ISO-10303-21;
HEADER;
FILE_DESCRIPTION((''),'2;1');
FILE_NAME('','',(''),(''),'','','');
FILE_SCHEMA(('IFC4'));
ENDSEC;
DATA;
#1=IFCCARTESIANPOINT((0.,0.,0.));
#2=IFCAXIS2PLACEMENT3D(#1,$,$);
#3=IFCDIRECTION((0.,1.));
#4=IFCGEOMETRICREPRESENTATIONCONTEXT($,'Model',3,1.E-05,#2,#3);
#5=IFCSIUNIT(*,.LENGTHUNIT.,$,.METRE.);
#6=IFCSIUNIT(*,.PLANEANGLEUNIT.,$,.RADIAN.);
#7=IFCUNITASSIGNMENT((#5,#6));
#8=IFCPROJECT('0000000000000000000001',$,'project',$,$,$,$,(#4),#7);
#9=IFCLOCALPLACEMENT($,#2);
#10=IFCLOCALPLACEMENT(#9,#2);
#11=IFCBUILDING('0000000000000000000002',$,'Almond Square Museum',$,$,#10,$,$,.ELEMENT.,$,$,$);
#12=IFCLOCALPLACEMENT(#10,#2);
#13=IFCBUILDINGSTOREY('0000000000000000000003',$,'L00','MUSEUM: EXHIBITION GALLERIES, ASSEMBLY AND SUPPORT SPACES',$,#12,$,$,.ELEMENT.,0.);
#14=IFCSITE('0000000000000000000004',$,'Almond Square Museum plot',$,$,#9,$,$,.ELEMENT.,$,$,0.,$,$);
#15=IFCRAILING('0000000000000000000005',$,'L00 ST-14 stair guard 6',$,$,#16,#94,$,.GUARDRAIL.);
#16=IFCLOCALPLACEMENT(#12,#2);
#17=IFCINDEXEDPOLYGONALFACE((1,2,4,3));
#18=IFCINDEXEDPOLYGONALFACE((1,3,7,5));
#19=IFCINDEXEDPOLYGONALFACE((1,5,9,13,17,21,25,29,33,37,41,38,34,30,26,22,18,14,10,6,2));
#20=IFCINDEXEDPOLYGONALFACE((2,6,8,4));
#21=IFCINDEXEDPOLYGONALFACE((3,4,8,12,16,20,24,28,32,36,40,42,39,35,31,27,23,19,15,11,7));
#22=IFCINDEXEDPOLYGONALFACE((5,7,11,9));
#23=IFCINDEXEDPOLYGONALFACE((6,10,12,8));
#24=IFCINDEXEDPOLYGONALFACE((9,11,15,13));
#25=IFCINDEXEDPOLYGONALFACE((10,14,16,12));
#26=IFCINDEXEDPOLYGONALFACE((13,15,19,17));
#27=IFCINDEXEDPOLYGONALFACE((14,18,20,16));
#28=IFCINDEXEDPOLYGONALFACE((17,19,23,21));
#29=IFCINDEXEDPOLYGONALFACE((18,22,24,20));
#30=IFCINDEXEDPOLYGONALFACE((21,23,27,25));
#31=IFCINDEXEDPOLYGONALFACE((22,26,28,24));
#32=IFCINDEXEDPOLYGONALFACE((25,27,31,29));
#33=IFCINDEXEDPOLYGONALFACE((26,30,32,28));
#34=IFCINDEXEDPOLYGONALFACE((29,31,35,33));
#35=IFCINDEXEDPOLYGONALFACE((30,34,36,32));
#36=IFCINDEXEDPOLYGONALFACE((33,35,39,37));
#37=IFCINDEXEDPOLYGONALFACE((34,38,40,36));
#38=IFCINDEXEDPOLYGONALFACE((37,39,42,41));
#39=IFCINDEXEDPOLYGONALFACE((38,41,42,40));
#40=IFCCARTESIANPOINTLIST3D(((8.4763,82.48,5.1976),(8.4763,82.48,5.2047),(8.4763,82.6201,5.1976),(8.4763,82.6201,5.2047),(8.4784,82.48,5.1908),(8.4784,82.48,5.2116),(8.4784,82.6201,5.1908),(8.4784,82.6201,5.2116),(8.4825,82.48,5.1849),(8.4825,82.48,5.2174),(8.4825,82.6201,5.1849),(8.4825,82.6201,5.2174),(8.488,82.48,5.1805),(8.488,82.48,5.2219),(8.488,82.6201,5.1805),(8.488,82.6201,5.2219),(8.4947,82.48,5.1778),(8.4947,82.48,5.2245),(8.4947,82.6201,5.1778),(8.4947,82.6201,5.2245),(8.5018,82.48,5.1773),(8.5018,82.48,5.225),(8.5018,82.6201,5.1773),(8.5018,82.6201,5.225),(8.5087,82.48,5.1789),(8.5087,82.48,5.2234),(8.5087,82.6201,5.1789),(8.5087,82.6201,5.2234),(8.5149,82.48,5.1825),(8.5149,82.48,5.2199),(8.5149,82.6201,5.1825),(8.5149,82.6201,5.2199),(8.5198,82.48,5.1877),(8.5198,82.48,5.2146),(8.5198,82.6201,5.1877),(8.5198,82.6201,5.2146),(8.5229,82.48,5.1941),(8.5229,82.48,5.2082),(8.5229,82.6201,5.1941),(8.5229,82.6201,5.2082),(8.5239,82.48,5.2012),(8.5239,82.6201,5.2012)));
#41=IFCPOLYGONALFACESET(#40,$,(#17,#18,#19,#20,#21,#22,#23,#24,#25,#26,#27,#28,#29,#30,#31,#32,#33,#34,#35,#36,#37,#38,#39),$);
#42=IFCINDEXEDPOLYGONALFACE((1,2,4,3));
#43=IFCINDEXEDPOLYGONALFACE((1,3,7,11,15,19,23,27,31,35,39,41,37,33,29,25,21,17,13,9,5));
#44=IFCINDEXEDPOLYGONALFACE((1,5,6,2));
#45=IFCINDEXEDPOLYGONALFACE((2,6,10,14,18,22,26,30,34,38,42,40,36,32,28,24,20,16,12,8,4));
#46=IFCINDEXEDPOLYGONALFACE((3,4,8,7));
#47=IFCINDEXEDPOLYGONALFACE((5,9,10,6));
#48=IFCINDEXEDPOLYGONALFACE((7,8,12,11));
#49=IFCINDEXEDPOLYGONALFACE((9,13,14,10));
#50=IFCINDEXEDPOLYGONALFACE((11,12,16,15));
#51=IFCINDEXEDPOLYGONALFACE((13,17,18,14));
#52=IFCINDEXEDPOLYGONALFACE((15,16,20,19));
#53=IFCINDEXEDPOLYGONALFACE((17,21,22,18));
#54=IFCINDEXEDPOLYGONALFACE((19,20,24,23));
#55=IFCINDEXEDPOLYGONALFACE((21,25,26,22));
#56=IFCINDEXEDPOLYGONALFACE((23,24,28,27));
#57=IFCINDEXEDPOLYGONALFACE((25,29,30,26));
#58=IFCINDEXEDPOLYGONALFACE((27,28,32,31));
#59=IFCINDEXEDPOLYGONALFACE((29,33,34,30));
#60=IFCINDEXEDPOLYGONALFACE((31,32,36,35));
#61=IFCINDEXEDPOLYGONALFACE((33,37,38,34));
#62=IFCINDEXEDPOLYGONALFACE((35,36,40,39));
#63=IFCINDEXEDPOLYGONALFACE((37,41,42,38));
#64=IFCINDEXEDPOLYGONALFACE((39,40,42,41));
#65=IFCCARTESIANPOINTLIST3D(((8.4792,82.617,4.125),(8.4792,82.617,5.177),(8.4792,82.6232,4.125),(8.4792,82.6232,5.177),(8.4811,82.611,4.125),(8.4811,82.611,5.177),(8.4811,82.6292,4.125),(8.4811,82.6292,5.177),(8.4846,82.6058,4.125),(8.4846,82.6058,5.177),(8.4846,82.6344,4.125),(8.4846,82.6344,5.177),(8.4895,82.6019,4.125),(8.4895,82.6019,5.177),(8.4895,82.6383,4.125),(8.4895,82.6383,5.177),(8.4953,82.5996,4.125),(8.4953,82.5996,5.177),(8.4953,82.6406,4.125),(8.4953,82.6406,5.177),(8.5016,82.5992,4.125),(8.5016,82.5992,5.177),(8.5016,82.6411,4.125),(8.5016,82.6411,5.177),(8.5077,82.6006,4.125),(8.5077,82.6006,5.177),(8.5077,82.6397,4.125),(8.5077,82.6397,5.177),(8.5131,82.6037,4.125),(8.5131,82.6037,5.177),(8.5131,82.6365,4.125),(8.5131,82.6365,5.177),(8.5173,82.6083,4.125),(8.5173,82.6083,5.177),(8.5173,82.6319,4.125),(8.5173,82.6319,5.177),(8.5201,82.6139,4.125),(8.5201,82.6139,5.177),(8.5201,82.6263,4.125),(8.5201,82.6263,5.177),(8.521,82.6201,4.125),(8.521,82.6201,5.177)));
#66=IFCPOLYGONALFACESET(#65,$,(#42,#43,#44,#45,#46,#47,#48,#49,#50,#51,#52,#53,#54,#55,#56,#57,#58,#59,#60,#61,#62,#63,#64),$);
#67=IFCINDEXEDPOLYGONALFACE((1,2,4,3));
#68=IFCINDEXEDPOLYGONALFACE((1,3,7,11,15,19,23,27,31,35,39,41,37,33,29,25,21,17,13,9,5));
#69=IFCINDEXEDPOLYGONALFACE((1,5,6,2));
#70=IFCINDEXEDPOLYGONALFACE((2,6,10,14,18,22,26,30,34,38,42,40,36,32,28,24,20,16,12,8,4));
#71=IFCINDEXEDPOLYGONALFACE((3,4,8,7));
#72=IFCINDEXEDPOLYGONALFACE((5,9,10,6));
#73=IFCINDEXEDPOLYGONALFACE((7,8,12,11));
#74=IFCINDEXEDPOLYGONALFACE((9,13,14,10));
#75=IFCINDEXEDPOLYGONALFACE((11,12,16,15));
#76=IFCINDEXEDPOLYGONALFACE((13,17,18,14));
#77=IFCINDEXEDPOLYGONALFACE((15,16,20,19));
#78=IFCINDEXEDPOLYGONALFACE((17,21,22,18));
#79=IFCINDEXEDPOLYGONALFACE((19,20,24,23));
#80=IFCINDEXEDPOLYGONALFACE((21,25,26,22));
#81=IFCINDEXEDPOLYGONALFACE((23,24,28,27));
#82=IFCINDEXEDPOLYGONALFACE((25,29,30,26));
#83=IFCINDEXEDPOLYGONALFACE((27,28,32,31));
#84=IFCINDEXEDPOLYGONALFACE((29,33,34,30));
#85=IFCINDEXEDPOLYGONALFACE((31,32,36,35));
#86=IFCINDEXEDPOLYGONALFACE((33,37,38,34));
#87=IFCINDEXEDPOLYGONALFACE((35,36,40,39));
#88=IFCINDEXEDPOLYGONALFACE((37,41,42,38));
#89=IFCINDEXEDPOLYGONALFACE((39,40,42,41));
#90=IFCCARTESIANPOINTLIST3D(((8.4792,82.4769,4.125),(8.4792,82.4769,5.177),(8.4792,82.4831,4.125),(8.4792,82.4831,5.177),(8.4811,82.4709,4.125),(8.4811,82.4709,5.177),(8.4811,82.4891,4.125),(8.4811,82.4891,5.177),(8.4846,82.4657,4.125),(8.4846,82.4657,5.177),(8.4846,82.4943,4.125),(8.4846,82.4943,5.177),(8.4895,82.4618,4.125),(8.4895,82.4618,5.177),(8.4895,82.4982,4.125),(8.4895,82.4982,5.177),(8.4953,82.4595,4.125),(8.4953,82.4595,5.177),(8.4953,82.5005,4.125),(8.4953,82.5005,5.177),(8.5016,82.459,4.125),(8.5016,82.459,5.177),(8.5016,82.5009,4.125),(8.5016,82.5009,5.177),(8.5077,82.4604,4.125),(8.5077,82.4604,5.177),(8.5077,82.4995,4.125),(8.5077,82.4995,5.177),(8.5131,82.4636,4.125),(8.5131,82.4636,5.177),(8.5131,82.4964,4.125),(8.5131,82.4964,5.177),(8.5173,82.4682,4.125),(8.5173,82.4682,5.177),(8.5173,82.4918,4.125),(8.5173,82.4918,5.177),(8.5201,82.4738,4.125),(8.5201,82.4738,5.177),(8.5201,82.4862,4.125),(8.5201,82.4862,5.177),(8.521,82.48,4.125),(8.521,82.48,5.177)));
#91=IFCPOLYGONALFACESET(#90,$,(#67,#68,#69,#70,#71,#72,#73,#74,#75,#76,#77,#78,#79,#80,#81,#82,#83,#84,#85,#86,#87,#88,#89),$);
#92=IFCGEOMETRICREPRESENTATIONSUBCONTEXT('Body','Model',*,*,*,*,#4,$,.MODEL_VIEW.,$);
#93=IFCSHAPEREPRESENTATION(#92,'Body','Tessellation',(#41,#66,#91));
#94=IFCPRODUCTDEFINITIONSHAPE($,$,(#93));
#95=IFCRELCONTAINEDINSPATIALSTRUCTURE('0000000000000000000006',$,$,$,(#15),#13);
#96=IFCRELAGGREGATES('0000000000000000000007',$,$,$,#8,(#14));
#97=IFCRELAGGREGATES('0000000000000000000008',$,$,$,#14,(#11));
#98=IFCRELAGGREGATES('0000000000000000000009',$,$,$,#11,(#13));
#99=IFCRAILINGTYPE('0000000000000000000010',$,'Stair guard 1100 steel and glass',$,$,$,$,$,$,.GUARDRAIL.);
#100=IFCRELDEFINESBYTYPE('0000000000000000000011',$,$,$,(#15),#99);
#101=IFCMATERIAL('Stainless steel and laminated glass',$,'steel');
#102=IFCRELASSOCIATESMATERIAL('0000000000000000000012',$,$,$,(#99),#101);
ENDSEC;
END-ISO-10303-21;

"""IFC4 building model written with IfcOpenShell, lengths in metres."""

from ifc_helpers import new_model, si_unit, direction, frame, origin, origin_2d, place, context, subcontext, project, spatial, circle, extrude, material, type_object, element, save


model = new_model("IFC4")

# Units and contexts
model_context = context("Model", 3, precision=1e-05, world=origin(), true_north=direction((0.0, 1.0)))
body_context = subcontext(model_context, "Body", "Model", "MODEL_VIEW")
ifc_project = project(units=[si_unit("LENGTHUNIT", "METRE"), si_unit("PLANEANGLEUNIT", "RADIAN")], contexts=[model_context])

# Site, building, storey
site_placement = place(None, origin())
site = spatial("IfcSite", under=ifc_project, at=site_placement, Name="Almond Square Museum plot", CompositionType="ELEMENT", RefElevation=0.0)
building_placement = place(site_placement, origin())
building = spatial("IfcBuilding", under=site, at=building_placement, Name="Almond Square Museum", CompositionType="ELEMENT")
storey_placement = place(building_placement, origin())
storey = spatial("IfcBuildingStorey", under=building, at=storey_placement, Name="L00", Description="MUSEUM: EXHIBITION GALLERIES, ASSEMBLY AND SUPPORT SPACES", CompositionType="ELEMENT", Elevation=0.0)

# Railing
ifc_material_1 = material(Name="Stainless steel and laminated glass", Category="steel")
railing_type_1 = type_object("IfcRailingType", Name="Stair guard 1100 steel and glass", PredefinedType="GUARDRAIL", material=ifc_material_1)
railing_1_placement = place(storey_placement, frame((8.5, 82.6201, 4.125)))
element("IfcRailing", 1, at=railing_1_placement, inside=storey, type_object=railing_type_1, Name="L00 ST-14 stair guard 6", PredefinedType="GUARDRAIL", context=body_context, shape_type="SweptSolid", body=[
    extrude(circle(Radius=0.0239, at=origin_2d()), frame((0.0, 0.0, 1.0762), z_axis=(0.0, -1.0, 0.0), x_axis=(1.0, 0.0, 0.0)), (0.0, 0.0, 1.0), 0.1401),
    extrude(circle(Radius=0.021, at=origin_2d()), origin(), (0.0, 0.0, 1.0), 1.052),
    extrude(circle(Radius=0.021, at=origin_2d()), frame((0.0, -0.1401, 0.0)), (0.0, 0.0, 1.0), 1.052),
])

save(model, "model.ifc")
